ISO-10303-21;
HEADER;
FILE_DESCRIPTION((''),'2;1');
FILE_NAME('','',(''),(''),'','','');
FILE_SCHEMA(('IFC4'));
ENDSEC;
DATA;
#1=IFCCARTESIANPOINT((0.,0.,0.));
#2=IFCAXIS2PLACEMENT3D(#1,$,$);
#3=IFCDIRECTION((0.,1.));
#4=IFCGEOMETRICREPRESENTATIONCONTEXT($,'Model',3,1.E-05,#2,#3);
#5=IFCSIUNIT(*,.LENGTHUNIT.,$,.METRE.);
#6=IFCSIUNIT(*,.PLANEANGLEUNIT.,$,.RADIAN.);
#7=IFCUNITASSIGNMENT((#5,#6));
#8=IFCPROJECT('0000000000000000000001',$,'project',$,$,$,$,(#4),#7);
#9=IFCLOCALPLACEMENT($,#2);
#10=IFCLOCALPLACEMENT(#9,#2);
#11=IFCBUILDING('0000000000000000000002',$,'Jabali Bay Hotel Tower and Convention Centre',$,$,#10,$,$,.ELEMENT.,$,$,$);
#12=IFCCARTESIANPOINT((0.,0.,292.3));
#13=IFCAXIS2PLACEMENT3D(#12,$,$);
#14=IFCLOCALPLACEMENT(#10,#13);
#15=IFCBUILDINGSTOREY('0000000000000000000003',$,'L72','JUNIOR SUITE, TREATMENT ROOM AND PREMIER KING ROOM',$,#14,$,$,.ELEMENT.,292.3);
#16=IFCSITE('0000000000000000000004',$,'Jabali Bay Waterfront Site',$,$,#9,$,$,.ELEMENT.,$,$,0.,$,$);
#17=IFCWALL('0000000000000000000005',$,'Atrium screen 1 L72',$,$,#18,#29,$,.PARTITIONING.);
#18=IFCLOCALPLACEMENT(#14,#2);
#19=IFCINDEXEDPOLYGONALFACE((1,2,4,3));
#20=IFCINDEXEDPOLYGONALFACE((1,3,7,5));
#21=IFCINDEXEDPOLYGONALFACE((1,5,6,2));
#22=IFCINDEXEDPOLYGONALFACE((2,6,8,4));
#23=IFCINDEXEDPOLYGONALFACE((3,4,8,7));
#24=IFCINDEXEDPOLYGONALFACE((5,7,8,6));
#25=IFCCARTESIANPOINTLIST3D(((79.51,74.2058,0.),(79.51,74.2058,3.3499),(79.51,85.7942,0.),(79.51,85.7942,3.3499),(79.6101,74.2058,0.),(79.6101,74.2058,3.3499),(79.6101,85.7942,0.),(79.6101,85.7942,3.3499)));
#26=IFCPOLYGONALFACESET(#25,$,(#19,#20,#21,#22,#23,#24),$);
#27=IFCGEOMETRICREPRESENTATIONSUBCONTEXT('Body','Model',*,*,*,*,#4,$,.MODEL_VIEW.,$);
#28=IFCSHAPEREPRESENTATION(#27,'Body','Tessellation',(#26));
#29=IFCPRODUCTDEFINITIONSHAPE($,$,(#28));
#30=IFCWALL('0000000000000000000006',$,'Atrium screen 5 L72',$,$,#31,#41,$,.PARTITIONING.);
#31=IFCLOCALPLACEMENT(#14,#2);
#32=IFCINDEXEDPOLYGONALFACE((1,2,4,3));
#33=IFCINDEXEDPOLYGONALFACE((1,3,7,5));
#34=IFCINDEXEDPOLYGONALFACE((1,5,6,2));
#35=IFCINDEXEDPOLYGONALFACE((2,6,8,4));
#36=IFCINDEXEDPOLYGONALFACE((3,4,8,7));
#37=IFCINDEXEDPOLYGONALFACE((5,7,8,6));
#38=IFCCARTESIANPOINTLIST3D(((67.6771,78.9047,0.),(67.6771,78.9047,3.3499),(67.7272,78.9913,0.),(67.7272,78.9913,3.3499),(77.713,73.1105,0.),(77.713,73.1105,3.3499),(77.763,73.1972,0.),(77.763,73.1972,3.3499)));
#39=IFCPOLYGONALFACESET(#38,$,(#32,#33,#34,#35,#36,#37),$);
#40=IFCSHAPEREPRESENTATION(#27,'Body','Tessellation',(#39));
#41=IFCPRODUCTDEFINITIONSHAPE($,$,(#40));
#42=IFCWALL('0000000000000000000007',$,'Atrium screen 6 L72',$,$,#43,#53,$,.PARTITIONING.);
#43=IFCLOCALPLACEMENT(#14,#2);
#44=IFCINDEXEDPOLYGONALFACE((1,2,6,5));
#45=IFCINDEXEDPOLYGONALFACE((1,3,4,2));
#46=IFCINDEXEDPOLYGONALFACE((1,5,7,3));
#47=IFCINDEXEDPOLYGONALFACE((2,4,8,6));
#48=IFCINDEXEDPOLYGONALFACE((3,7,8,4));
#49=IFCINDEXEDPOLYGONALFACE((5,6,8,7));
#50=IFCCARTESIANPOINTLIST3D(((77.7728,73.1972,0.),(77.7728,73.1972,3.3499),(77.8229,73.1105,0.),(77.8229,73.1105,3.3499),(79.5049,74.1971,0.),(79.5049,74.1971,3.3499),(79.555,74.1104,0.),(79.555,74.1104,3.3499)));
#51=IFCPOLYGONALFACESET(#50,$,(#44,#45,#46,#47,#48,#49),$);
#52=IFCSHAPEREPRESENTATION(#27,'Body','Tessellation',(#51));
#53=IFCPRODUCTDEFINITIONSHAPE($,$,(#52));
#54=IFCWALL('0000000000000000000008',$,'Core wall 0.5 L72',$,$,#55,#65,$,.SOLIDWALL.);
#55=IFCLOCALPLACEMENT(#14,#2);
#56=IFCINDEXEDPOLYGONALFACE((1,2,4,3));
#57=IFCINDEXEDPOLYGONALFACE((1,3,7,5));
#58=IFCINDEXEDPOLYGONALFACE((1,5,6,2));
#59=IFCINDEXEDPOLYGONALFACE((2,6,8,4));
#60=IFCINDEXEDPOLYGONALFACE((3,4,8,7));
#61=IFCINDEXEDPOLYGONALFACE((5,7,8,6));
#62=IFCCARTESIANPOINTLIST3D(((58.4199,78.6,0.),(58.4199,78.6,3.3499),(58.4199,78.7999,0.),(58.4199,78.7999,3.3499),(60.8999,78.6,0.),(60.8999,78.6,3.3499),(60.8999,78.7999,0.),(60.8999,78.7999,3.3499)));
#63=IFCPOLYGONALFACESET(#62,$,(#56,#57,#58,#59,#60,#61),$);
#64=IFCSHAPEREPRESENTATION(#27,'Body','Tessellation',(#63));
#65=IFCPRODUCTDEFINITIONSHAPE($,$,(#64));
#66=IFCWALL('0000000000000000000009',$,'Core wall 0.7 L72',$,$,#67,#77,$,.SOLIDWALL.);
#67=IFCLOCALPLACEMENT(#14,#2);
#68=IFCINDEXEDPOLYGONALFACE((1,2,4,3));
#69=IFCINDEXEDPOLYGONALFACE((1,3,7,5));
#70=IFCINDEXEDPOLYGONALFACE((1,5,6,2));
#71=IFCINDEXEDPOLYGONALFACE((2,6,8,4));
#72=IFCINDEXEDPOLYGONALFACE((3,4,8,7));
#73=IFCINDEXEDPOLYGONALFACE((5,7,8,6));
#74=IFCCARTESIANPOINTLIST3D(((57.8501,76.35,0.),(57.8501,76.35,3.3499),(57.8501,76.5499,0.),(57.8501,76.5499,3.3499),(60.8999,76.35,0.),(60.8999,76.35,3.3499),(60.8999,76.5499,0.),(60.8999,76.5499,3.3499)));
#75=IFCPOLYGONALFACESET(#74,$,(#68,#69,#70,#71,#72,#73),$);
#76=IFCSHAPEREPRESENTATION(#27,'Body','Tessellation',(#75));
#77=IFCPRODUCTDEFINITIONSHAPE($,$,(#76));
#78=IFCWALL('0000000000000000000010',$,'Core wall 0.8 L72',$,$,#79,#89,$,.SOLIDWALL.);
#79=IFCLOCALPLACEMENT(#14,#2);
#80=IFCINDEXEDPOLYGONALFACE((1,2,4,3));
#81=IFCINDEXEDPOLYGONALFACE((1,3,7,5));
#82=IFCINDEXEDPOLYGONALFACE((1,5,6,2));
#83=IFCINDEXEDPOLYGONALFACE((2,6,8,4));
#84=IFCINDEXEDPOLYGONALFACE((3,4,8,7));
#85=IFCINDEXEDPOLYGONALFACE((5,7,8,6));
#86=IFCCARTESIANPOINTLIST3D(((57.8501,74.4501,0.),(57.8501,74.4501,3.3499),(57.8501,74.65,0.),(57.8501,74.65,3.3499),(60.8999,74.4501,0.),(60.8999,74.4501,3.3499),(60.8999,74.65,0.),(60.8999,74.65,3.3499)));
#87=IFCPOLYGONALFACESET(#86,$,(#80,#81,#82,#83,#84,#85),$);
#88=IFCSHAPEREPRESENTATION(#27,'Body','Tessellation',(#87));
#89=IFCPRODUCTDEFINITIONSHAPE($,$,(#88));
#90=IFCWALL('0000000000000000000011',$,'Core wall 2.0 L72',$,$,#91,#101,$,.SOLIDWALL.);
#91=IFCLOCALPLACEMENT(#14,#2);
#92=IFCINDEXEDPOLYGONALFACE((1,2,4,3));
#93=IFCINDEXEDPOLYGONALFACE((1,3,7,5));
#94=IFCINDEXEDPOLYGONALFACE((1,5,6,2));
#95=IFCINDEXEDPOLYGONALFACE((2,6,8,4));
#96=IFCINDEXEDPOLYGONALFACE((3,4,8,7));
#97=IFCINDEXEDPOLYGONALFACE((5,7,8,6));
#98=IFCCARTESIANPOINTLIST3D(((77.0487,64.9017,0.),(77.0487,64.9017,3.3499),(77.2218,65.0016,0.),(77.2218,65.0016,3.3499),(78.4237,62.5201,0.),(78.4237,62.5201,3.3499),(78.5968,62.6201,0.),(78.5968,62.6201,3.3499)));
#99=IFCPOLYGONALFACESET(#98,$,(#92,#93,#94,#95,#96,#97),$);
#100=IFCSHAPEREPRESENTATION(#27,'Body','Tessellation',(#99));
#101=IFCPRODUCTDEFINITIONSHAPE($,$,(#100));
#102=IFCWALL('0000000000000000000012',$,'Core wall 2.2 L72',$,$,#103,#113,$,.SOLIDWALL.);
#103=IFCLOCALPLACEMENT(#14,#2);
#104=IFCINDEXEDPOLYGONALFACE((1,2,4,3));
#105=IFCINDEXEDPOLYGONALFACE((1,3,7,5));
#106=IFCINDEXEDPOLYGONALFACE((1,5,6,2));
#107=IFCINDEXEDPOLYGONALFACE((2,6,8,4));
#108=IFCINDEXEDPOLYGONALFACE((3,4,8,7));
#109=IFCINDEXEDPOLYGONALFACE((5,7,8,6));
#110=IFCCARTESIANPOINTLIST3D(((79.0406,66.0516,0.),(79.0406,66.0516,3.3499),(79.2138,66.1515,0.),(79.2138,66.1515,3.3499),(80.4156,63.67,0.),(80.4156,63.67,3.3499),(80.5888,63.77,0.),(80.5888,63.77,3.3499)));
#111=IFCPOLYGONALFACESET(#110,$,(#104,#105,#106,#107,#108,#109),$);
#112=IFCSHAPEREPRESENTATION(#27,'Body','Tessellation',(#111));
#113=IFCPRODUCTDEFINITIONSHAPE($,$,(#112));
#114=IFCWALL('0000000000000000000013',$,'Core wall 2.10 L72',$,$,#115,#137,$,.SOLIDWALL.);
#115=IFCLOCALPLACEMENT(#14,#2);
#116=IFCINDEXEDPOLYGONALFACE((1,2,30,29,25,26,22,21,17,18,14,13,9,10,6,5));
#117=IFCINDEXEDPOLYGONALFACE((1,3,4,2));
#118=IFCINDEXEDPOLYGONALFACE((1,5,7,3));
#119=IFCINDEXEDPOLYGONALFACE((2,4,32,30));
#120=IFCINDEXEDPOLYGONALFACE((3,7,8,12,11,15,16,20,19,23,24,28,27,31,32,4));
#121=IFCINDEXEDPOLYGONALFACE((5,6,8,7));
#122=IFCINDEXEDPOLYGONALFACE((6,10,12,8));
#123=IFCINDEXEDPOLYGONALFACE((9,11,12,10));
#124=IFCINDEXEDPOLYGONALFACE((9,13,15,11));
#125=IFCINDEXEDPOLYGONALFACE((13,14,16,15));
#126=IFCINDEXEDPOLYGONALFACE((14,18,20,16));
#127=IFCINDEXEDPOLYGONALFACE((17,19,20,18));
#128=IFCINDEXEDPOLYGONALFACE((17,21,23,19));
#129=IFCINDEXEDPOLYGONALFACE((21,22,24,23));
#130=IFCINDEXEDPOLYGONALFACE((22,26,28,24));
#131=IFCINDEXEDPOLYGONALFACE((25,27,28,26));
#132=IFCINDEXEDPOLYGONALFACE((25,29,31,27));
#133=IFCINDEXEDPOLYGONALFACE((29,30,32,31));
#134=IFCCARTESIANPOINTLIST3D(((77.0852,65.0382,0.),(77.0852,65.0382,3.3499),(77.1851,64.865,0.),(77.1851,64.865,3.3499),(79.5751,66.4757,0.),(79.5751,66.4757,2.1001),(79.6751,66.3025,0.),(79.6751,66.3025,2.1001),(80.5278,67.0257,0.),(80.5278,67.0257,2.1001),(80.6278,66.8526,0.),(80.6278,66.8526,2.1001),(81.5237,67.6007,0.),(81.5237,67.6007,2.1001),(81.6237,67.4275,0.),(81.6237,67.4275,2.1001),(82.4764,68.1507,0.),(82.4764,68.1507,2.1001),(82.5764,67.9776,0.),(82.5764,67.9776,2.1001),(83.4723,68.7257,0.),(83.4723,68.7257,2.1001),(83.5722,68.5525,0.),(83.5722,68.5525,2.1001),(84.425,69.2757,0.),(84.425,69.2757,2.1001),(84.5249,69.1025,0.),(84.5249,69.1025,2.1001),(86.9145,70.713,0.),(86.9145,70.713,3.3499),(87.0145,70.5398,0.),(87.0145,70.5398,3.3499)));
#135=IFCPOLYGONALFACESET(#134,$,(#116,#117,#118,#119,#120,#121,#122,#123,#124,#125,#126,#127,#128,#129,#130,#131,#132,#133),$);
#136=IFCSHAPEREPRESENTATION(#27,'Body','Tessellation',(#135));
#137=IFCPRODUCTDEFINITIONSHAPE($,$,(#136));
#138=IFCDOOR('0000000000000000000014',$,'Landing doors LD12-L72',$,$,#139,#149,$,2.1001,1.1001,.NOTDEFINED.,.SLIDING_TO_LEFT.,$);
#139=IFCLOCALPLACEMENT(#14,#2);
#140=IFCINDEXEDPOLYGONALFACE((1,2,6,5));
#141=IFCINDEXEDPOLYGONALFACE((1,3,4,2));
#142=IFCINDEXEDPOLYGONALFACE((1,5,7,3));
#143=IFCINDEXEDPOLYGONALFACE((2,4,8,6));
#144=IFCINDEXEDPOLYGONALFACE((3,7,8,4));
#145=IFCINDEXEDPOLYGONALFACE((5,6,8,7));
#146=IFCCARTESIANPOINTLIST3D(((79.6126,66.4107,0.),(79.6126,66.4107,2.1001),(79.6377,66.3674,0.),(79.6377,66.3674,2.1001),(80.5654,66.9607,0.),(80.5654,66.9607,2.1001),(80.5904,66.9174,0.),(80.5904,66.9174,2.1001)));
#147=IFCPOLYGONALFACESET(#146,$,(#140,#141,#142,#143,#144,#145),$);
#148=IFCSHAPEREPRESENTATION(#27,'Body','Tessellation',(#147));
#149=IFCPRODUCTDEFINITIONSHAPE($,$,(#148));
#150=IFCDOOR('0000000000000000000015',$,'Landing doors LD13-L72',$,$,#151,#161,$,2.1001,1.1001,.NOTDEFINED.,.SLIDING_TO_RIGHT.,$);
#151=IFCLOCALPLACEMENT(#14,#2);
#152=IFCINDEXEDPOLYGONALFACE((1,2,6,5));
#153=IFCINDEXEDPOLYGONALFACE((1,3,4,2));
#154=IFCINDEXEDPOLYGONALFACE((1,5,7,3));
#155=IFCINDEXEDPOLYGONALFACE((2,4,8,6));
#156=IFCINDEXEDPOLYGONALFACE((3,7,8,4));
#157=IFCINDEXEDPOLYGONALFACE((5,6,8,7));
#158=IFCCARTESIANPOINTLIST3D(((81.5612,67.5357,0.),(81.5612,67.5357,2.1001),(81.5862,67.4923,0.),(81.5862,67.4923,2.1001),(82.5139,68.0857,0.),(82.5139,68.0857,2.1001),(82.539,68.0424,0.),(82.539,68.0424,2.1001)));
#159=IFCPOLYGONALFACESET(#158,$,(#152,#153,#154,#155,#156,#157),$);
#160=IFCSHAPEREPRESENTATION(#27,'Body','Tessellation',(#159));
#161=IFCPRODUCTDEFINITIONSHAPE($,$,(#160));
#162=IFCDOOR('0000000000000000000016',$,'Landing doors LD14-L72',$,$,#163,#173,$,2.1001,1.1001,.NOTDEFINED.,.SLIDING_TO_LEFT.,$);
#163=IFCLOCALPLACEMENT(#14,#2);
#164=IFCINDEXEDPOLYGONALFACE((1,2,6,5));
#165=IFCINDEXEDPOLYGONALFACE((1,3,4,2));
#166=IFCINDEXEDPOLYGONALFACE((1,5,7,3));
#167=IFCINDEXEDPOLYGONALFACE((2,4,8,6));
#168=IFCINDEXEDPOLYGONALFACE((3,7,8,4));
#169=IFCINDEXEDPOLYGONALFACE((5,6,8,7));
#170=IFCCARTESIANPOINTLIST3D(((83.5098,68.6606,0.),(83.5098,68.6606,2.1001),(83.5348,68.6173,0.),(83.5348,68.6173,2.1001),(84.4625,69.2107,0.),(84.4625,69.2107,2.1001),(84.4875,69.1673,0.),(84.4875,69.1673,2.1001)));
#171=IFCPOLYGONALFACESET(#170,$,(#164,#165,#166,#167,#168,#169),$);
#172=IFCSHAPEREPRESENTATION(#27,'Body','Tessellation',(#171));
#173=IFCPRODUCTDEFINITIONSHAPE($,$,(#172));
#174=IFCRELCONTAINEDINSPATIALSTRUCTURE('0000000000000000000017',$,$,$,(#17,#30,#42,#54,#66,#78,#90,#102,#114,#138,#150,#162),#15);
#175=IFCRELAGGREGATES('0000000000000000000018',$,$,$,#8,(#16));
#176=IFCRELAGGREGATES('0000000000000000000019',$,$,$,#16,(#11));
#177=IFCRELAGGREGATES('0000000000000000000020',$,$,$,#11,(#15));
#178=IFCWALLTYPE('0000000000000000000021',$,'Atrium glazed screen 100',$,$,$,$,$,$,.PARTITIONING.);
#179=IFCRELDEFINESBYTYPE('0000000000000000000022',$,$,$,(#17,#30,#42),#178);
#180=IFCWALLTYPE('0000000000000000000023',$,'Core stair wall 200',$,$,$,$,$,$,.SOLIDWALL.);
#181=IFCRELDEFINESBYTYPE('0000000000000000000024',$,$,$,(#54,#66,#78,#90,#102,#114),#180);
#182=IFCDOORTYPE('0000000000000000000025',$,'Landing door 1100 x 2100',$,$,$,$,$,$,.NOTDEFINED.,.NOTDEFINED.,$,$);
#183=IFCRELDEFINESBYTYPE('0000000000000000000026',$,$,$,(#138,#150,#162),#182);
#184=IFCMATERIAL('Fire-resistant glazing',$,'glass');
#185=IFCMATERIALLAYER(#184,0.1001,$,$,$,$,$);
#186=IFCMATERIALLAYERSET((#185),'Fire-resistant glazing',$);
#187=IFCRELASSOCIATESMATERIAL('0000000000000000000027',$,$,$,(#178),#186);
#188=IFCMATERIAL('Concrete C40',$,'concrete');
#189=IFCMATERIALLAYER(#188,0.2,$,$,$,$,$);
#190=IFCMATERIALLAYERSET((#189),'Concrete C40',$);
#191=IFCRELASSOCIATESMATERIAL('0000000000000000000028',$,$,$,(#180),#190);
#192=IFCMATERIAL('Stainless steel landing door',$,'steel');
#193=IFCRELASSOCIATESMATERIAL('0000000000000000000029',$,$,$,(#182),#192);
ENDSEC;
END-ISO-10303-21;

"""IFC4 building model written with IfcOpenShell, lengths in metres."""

from ifc_helpers import new_model, si_unit, direction, frame, frame_2d, origin, place, context, subcontext, project, spatial, rectangle, extrude, material, layer, layer_set, type_object, element, fill, save


model = new_model("IFC4")

# Units and contexts
model_context = context("Model", 3, precision=1e-05, world=origin(), true_north=direction((0.0, 1.0)))
body_context = subcontext(model_context, "Body", "Model", "MODEL_VIEW")
ifc_project = project(units=[si_unit("LENGTHUNIT", "METRE"), si_unit("PLANEANGLEUNIT", "RADIAN")], contexts=[model_context])

# Site, building, storey
site_placement = place(None, origin())
site = spatial("IfcSite", under=ifc_project, at=site_placement, Name="Jabali Bay Waterfront Site", CompositionType="ELEMENT", RefElevation=0.0)
building_placement = place(site_placement, origin())
building = spatial("IfcBuilding", under=site, at=building_placement, Name="Jabali Bay Hotel Tower and Convention Centre", CompositionType="ELEMENT")
storey_placement = place(building_placement, frame((0.0, 0.0, 292.3)))
storey = spatial("IfcBuildingStorey", under=building, at=storey_placement, Name="L72", Description="JUNIOR SUITE, TREATMENT ROOM AND PREMIER KING ROOM", CompositionType="ELEMENT", Elevation=292.3)

# Walls
ifc_material_1 = material(Name="Fire-resistant glazing", Category="glass")
ifc_layer_1 = layer(ifc_material_1, 0.1001)
ifc_layer_set_1 = layer_set([ifc_layer_1], Name="Fire-resistant glazing")
wall_type_1 = type_object("IfcWallType", Name="Atrium glazed screen 100", PredefinedType="PARTITIONING", material=ifc_layer_set_1)
for number, where, z_axis, x_axis, name in (
    (1, (79.5601, 74.2058, 0.0), (0.0, 0.0, 1.0), (0.0, 1.0, 0.0), "Atrium screen 1 L72"),
    (2, (67.7021, 78.948, 0.0), (0.0, 0.0, 1.0), (0.866027, -0.499998, 0.0), "Atrium screen 5 L72"),
):
    element("IfcWall", number, at=place(storey_placement, frame(where, z_axis=z_axis, x_axis=x_axis)), inside=storey, type_object=wall_type_1, Name=name, PredefinedType="PARTITIONING", context=body_context, shape_type="SweptSolid", body=[
        extrude(rectangle(XDim=11.5884, YDim=0.1001, at=frame_2d((5.7942, 0.0))), origin(), (0.0, 0.0, 1.0), 3.3499),
    ])
wall_1_placement = place(storey_placement, frame((77.7979, 73.1538, 0.0), z_axis=(0.0, 0.0, 1.0), x_axis=(0.866041, 0.499973, 0.0)))
element("IfcWall", 3, at=wall_1_placement, inside=storey, type_object=wall_type_1, Name="Atrium screen 6 L72", PredefinedType="PARTITIONING", context=body_context, shape_type="SweptSolid", body=[
    extrude(rectangle(XDim=2.0, YDim=0.1001, at=frame_2d((1.0, 0.0))), origin(), (0.0, 0.0, 1.0), 3.3499),
])
ifc_material_2 = material(Name="Concrete C40", Category="concrete")
ifc_layer_2 = layer(ifc_material_2, 0.2)
ifc_layer_set_2 = layer_set([ifc_layer_2], Name="Concrete C40")
wall_type_2 = type_object("IfcWallType", Name="Core stair wall 200", PredefinedType="SOLIDWALL", material=ifc_layer_set_2)
wall_2_placement = place(storey_placement, frame((60.8999, 78.7, 0.0), z_axis=(0.0, 0.0, 1.0), x_axis=(-1.0, 0.0, 0.0)))
element("IfcWall", 4, at=wall_2_placement, inside=storey, type_object=wall_type_2, Name="Core wall 0.5 L72", PredefinedType="SOLIDWALL", context=body_context, shape_type="SweptSolid", body=[
    extrude(rectangle(XDim=2.48, YDim=0.2, at=frame_2d((1.24, 0.0))), origin(), (0.0, 0.0, 1.0), 3.3499),
])
for number, where, z_axis, x_axis, name in (
    (5, (60.8999, 76.45, 0.0), (0.0, 0.0, 1.0), (-1.0, 0.0, 0.0), "Core wall 0.7 L72"),
    (6, (60.8999, 74.55, 0.0), (0.0, 0.0, 1.0), (-1.0, 0.0, 0.0), "Core wall 0.8 L72"),
):
    element("IfcWall", number, at=place(storey_placement, frame(where, z_axis=z_axis, x_axis=x_axis)), inside=storey, type_object=wall_type_2, Name=name, PredefinedType="SOLIDWALL", context=body_context, shape_type="SweptSolid", body=[
        extrude(rectangle(XDim=3.0498, YDim=0.2, at=frame_2d((1.5249, 0.0))), origin(), (0.0, 0.0, 1.0), 3.3499),
    ])
for number, where, z_axis, x_axis, name in (
    (7, (77.1353, 64.9517, 0.0), (0.0, 0.0, 1.0), (0.499997, -0.866027, 0.0), "Core wall 2.0 L72"),
    (8, (79.1272, 66.1016, 0.0), (0.0, 0.0, 1.0), (0.499997, -0.866027, 0.0), "Core wall 2.2 L72"),
):
    element("IfcWall", number, at=place(storey_placement, frame(where, z_axis=z_axis, x_axis=x_axis)), inside=storey, type_object=wall_type_2, Name=name, PredefinedType="SOLIDWALL", context=body_context, shape_type="SweptSolid", body=[
        extrude(rectangle(XDim=2.75, YDim=0.2, at=frame_2d((1.375, 0.0))), origin(), (0.0, 0.0, 1.0), 3.3499),
    ])

# Wall, openings, doors
wall_3_placement = place(storey_placement, frame((77.1353, 64.9517, 0.0), z_axis=(0.0, 0.0, 1.0), x_axis=(0.866032, 0.499989, 0.0)))
wall_3 = element("IfcWall", 9, at=wall_3_placement, inside=storey, type_object=wall_type_2, Name="Core wall 2.10 L72", PredefinedType="SOLIDWALL", context=body_context, shape_type="SweptSolid", body=[
    extrude(rectangle(XDim=11.3499, YDim=0.2, at=frame_2d((5.6748, 0.0))), origin(), (0.0, 0.0, 1.0), 3.3499),
])
opening_1_placement = place(wall_3_placement, frame((2.875, 0.0, 0.0)))
opening_1 = element("IfcOpeningElement", 10, at=opening_1_placement, cuts=wall_3, PredefinedType="OPENING", context=body_context, shape_type="SweptSolid", body=[
    extrude(rectangle(XDim=1.1001, YDim=2.1001, at=frame_2d((0.55, 1.05))), frame((0.0, 0.1104, 0.0), z_axis=(0.0, -1.0, 0.0), x_axis=(1.0, 0.0, 0.0)), (0.0, 0.0, 1.0), 0.2209),
])
opening_2_placement = place(wall_3_placement, frame((5.125, 0.0, 0.0)))
opening_2 = element("IfcOpeningElement", 11, at=opening_2_placement, cuts=wall_3, PredefinedType="OPENING", context=body_context, shape_type="SweptSolid", body=[
    extrude(rectangle(XDim=1.1001, YDim=2.1001, at=frame_2d((0.55, 1.05))), frame((0.0, 0.1104, 0.0), z_axis=(0.0, -1.0, 0.0), x_axis=(1.0, 0.0, 0.0)), (0.0, 0.0, 1.0), 0.2209),
])
opening_3_placement = place(wall_3_placement, frame((7.375, 0.0, 0.0)))
opening_3 = element("IfcOpeningElement", 12, at=opening_3_placement, cuts=wall_3, PredefinedType="OPENING", context=body_context, shape_type="SweptSolid", body=[
    extrude(rectangle(XDim=1.1001, YDim=2.1001, at=frame_2d((0.55, 1.05))), frame((0.0, 0.1104, 0.0), z_axis=(0.0, -1.0, 0.0), x_axis=(1.0, 0.0, 0.0)), (0.0, 0.0, 1.0), 0.2209),
])
ifc_material_3 = material(Name="Stainless steel landing door", Category="steel")
door_type_1 = type_object("IfcDoorType", Name="Landing door 1100 x 2100", OperationType="NOTDEFINED", PredefinedType="NOTDEFINED", material=ifc_material_3)
door_1_placement = place(opening_1_placement, origin())
door_1 = element("IfcDoor", 13, at=door_1_placement, inside=storey, type_object=door_type_1, Name="Landing doors LD12-L72", OperationType="SLIDING_TO_LEFT", OverallHeight=2.1001, OverallWidth=1.1001, PredefinedType="NOTDEFINED", context=body_context, shape_type="SweptSolid", body=[
    extrude(rectangle(XDim=1.1001, YDim=2.1001, at=frame_2d((0.55, 1.05))), frame((0.0, 0.0249, 0.0), z_axis=(0.0, -1.0, 0.0), x_axis=(1.0, 0.0, 0.0)), (0.0, 0.0, 1.0), 0.05),
])
fill(opening_1, door_1)
door_2_placement = place(opening_2_placement, origin())
door_2 = element("IfcDoor", 14, at=door_2_placement, inside=storey, type_object=door_type_1, Name="Landing doors LD13-L72", OperationType="SLIDING_TO_RIGHT", OverallHeight=2.1001, OverallWidth=1.1001, PredefinedType="NOTDEFINED", context=body_context, shape_type="SweptSolid", body=[
    extrude(rectangle(XDim=1.1001, YDim=2.1001, at=frame_2d((0.55, 1.05))), frame((0.0, 0.0249, 0.0), z_axis=(0.0, -1.0, 0.0), x_axis=(1.0, 0.0, 0.0)), (0.0, 0.0, 1.0), 0.05),
])
fill(opening_2, door_2)
door_3_placement = place(opening_3_placement, origin())
door_3 = element("IfcDoor", 15, at=door_3_placement, inside=storey, type_object=door_type_1, Name="Landing doors LD14-L72", OperationType="SLIDING_TO_LEFT", OverallHeight=2.1001, OverallWidth=1.1001, PredefinedType="NOTDEFINED", context=body_context, shape_type="SweptSolid", body=[
    extrude(rectangle(XDim=1.1001, YDim=2.1001, at=frame_2d((0.55, 1.05))), frame((0.0, 0.0249, 0.0), z_axis=(0.0, -1.0, 0.0), x_axis=(1.0, 0.0, 0.0)), (0.0, 0.0, 1.0), 0.05),
])
fill(opening_3, door_3)

save(model, "model.ifc")
